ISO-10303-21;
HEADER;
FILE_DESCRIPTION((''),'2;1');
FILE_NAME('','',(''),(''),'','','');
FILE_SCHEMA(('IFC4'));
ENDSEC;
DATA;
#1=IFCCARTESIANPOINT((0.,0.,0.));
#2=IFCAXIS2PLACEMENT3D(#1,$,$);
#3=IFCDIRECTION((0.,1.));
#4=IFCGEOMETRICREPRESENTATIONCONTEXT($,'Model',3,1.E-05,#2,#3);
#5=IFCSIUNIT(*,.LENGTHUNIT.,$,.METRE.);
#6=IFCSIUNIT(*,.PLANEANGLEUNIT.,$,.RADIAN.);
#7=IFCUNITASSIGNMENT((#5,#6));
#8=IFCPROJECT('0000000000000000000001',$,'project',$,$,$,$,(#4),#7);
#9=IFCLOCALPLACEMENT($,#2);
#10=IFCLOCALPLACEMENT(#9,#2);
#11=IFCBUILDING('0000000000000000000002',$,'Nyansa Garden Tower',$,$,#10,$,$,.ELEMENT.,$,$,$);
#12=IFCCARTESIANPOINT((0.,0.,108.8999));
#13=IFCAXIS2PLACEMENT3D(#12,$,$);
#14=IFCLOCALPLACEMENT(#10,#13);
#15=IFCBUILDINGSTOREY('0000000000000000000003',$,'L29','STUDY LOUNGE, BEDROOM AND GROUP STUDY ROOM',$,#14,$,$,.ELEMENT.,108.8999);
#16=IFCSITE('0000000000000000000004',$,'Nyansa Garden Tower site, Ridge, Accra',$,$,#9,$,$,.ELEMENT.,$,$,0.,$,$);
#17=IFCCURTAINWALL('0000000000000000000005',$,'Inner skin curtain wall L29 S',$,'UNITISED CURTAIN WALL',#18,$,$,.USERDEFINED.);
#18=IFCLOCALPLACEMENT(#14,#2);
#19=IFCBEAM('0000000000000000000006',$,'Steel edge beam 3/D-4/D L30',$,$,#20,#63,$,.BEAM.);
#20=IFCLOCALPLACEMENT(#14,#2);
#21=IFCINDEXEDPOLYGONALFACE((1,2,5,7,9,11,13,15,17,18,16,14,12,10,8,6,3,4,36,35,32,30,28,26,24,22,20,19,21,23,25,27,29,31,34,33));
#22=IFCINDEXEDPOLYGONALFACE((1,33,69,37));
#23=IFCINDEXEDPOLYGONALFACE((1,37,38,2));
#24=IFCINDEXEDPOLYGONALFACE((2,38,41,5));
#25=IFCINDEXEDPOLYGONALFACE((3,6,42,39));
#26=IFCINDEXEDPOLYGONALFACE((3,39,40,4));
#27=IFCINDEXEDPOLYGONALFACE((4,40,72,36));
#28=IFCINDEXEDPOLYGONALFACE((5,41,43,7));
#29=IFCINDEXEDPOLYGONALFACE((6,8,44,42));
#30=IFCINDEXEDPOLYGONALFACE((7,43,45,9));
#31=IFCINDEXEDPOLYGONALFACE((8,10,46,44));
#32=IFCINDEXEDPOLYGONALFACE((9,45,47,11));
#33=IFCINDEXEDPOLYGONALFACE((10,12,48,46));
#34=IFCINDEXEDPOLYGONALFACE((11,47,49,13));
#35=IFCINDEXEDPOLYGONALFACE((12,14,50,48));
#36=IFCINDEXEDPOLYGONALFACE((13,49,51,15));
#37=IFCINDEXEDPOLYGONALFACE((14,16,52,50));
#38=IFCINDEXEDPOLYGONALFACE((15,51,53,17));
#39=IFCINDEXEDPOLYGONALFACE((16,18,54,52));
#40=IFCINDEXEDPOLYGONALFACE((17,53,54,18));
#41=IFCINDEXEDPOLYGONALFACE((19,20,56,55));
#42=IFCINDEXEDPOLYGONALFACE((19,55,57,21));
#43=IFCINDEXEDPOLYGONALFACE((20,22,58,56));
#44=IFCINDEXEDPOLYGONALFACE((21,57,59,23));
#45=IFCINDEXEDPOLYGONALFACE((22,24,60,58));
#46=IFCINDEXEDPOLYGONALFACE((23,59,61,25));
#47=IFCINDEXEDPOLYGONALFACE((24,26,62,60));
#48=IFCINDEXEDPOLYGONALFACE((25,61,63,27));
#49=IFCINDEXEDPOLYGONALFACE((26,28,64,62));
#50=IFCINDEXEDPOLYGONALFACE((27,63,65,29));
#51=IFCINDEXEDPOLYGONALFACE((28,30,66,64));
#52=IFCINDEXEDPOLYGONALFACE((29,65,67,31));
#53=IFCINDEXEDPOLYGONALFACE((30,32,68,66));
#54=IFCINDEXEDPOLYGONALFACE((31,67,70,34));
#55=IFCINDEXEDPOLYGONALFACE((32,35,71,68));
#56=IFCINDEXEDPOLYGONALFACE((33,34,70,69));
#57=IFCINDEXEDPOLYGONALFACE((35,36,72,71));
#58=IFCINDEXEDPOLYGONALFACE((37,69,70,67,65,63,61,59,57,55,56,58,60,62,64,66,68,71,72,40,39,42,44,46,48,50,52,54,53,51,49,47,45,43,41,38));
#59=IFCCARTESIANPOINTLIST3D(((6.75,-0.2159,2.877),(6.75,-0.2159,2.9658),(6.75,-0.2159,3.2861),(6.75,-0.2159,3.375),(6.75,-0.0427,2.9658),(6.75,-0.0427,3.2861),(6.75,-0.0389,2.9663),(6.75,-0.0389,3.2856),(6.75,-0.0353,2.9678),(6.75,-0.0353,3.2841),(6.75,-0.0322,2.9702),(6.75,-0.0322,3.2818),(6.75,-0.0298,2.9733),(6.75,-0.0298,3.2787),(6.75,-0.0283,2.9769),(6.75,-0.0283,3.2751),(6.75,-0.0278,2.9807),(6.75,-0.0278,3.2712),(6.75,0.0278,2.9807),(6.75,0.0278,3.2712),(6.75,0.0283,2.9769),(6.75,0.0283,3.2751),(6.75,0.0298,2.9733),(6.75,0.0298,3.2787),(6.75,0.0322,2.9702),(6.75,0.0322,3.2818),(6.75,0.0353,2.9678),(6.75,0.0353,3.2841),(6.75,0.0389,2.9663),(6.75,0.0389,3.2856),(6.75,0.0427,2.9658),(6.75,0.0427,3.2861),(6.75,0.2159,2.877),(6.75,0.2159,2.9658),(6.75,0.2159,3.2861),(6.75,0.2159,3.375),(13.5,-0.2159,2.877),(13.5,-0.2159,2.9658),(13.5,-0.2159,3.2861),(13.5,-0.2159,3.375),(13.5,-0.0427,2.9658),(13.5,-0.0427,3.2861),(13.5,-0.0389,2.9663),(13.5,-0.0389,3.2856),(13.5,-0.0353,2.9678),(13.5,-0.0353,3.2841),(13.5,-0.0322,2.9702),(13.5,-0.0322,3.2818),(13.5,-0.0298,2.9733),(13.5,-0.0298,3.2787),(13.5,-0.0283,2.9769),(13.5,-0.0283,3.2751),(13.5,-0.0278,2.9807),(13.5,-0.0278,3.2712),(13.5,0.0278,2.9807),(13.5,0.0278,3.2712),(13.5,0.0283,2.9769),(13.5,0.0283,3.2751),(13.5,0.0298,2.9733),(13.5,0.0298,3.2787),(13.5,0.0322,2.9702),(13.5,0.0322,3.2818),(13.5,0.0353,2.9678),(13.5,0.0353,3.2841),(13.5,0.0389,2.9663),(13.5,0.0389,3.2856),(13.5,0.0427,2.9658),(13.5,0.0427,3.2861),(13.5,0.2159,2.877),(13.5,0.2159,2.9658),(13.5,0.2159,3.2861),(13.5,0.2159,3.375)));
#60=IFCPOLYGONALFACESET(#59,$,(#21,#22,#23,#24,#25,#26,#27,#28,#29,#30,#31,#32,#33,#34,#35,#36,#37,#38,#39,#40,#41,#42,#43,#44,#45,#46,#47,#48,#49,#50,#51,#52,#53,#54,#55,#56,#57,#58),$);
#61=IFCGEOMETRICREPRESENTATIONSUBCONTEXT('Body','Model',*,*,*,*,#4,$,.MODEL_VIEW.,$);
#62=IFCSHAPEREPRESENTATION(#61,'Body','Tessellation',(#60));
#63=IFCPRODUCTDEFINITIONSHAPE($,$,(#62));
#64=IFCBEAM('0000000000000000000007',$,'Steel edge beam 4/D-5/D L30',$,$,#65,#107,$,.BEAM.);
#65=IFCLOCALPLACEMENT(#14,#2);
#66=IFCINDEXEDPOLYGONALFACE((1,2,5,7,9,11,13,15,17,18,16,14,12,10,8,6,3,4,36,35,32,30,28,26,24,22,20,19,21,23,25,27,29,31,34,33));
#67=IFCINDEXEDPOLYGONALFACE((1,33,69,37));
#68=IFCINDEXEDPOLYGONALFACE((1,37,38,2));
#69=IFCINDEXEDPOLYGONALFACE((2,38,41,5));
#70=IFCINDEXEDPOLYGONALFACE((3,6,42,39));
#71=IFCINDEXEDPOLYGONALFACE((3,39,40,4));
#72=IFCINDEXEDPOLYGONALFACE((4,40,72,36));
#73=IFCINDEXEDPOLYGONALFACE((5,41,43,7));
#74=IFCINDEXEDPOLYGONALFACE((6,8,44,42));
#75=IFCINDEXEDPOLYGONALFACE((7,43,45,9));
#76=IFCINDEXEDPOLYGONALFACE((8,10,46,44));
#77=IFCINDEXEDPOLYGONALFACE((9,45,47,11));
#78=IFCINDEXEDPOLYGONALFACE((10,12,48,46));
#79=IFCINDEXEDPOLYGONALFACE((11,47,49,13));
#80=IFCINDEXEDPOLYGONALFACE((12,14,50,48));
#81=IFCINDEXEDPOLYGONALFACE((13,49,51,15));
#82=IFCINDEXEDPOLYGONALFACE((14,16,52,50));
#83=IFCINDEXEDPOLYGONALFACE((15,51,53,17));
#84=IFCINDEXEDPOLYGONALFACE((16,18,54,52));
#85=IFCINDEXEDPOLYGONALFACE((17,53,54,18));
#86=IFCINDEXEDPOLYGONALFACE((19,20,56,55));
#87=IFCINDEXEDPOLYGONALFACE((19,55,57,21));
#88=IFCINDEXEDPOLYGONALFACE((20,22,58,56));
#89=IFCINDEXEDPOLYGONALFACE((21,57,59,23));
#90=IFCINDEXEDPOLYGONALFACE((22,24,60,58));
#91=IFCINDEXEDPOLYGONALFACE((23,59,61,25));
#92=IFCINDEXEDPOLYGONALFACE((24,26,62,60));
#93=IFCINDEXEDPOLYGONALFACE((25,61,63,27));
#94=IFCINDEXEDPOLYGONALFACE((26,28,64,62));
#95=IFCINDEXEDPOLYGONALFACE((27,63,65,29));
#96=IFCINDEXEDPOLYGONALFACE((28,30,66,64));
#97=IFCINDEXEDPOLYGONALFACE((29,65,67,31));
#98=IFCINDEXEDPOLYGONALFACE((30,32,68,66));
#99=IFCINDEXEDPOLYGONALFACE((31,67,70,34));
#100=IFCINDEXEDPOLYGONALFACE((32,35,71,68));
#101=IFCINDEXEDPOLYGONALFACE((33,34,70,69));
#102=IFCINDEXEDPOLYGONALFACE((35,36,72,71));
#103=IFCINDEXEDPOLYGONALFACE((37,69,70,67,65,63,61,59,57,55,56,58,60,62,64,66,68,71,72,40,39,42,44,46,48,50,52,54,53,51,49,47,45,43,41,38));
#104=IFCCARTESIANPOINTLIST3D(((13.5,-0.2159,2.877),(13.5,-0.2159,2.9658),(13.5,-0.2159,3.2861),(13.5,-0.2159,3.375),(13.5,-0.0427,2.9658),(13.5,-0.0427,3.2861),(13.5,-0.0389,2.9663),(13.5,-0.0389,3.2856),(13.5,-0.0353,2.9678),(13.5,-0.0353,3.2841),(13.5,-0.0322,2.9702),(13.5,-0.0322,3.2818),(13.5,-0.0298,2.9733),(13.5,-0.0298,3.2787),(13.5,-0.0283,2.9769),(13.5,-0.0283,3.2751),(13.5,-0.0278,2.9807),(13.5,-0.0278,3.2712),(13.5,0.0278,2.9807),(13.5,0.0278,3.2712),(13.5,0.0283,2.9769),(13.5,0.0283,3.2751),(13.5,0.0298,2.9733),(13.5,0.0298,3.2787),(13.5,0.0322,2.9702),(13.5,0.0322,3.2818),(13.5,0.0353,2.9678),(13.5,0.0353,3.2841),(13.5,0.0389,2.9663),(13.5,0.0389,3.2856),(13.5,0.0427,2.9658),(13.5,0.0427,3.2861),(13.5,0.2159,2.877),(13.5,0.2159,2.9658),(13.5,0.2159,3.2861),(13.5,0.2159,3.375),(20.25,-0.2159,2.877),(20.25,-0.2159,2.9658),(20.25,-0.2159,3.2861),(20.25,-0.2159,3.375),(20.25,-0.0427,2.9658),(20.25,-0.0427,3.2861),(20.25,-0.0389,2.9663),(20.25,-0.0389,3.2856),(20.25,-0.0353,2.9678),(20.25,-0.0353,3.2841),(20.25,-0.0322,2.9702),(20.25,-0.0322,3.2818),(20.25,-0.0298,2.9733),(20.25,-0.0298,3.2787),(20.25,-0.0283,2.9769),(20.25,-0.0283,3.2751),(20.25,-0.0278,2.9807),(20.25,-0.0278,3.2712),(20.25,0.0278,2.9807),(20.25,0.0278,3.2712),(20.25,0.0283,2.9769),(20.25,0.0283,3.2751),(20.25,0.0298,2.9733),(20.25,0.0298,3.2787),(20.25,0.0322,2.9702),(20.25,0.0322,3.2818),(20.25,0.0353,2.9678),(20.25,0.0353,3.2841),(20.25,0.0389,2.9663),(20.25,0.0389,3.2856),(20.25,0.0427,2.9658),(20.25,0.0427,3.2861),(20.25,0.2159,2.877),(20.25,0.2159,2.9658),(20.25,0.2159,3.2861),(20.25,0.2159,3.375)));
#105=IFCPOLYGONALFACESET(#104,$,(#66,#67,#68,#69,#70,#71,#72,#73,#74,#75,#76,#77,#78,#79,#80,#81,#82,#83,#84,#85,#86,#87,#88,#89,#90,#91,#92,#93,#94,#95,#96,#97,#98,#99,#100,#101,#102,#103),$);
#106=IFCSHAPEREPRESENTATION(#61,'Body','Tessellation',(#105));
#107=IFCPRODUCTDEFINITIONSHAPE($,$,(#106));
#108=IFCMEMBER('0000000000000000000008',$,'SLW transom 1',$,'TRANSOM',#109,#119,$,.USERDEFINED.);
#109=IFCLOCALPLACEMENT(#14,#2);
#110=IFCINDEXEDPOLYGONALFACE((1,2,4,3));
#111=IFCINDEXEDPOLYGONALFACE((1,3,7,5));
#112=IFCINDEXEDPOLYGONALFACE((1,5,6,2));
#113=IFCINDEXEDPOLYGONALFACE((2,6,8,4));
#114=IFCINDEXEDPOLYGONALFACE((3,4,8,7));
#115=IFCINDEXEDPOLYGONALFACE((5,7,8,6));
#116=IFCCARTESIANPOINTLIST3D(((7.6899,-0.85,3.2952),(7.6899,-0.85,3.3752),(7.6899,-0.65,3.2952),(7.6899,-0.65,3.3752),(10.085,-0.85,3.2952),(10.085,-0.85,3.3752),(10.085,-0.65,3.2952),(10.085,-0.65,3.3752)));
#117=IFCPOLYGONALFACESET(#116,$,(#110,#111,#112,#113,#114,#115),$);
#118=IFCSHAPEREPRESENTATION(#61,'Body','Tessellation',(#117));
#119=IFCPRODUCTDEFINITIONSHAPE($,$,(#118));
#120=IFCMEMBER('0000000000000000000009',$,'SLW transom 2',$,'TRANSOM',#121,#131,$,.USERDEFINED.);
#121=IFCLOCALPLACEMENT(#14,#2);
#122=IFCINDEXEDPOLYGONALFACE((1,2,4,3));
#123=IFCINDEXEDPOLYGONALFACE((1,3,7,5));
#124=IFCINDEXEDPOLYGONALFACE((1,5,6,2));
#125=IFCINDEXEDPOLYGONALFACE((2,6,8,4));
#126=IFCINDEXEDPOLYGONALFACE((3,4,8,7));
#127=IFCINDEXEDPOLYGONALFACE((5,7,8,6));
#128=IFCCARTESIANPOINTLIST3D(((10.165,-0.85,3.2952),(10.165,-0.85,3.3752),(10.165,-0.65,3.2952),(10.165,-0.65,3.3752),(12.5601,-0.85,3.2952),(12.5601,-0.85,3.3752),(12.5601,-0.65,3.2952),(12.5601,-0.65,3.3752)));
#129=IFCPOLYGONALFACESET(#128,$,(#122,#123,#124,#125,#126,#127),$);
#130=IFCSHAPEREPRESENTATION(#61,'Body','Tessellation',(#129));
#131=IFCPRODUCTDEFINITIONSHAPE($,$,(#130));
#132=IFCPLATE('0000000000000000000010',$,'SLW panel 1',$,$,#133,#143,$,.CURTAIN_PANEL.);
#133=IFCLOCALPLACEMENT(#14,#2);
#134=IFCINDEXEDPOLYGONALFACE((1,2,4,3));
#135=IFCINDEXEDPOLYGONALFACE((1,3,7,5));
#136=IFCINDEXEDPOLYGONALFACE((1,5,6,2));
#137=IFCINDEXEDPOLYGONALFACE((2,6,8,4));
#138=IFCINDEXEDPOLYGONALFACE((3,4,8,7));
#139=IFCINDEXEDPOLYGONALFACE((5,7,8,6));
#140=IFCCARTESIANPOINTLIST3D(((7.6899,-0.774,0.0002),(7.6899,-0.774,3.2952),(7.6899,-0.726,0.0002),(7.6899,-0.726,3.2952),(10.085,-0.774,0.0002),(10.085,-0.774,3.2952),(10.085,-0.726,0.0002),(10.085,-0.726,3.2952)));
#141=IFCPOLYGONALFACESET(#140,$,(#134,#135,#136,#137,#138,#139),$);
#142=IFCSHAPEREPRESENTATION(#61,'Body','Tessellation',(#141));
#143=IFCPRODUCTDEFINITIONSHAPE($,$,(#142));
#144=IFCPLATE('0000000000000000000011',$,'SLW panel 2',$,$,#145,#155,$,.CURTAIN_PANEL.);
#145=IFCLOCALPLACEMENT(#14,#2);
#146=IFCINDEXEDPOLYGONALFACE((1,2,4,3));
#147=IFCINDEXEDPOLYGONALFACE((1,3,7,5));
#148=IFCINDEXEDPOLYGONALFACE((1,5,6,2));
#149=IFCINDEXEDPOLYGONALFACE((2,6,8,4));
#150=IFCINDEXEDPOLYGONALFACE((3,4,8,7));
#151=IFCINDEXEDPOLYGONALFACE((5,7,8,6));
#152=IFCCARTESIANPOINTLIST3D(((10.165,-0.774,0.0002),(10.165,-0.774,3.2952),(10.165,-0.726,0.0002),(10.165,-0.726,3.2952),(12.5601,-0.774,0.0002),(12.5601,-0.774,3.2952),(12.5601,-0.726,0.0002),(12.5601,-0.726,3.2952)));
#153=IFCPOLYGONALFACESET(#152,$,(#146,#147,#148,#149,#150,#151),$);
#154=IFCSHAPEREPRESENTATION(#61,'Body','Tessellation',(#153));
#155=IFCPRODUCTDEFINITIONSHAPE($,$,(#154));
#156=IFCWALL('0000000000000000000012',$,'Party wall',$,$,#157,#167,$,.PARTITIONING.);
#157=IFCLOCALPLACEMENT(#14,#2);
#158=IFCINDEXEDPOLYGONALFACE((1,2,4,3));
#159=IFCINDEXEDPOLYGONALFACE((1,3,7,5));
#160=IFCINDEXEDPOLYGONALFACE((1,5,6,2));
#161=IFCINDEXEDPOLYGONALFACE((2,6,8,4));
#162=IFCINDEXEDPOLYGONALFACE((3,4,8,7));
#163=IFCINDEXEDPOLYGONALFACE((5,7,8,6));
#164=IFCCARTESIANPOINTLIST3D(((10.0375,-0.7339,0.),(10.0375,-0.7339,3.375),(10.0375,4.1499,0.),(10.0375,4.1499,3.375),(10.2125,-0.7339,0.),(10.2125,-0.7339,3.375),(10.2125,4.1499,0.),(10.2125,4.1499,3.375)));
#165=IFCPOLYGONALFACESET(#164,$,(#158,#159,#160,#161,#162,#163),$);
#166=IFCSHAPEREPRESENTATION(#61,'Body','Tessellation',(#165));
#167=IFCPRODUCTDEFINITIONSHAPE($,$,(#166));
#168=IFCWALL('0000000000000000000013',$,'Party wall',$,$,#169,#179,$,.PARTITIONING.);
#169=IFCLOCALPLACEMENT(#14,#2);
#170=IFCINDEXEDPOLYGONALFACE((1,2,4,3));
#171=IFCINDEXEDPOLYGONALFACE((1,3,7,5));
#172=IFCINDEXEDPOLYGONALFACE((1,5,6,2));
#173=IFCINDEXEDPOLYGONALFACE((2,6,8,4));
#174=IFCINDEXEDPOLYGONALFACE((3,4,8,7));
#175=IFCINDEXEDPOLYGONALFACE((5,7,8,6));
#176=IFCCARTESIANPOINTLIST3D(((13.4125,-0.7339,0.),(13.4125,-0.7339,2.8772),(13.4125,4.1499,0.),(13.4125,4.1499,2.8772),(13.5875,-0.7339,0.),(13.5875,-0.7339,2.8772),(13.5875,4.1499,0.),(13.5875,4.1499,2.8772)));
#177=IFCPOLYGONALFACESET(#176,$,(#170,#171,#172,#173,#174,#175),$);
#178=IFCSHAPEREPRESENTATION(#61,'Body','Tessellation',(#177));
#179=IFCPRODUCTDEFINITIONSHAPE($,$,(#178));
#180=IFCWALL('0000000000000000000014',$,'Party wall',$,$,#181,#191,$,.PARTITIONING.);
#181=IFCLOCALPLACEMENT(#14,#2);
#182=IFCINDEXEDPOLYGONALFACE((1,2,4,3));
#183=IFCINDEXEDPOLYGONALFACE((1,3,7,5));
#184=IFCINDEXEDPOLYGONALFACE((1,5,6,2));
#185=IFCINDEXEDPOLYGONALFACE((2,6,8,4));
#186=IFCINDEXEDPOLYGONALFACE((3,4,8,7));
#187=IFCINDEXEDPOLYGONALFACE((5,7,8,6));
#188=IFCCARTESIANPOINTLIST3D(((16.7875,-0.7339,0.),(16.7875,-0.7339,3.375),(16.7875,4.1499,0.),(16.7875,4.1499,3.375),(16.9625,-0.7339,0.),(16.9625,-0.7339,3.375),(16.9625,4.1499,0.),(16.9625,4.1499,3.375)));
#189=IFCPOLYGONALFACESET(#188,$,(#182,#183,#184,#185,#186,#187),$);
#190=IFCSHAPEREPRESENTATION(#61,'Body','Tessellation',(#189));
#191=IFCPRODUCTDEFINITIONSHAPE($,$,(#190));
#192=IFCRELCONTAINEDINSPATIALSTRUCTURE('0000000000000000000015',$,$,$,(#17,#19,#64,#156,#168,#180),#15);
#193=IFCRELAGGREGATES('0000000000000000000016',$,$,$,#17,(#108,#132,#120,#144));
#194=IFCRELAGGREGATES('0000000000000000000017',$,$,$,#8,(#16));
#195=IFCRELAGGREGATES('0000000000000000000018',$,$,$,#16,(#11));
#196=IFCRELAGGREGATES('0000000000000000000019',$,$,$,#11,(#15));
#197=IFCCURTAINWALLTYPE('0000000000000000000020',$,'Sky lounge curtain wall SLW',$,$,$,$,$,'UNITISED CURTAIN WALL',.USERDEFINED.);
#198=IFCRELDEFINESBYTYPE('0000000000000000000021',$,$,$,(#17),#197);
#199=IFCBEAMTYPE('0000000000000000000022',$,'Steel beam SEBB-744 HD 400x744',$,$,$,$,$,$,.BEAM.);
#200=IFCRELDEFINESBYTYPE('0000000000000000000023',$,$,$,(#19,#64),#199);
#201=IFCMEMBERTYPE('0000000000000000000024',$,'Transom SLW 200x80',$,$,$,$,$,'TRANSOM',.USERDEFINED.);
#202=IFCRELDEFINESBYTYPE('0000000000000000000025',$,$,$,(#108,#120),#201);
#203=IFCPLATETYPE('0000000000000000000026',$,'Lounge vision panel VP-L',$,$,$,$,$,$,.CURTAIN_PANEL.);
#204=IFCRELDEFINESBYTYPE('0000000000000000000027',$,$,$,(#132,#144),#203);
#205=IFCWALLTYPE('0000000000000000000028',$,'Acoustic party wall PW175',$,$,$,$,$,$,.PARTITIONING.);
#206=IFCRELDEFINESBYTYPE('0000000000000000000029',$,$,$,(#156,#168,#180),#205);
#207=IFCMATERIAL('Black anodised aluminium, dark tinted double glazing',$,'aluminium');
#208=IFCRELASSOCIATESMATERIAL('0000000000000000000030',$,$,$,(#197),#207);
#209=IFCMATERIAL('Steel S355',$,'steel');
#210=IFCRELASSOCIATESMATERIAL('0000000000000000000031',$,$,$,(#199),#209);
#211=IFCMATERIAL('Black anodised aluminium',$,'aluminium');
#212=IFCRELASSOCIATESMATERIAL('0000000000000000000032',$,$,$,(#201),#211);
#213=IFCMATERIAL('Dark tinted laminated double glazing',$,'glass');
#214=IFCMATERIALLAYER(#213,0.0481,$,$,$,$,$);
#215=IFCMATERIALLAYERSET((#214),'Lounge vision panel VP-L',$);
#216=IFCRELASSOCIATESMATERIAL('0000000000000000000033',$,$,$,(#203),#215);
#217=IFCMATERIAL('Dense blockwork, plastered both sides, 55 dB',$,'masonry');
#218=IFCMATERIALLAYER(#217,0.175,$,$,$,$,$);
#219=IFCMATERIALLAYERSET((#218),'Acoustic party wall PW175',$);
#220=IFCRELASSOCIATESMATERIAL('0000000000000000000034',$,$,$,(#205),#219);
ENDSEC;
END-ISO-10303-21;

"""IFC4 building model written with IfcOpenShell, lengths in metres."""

from ifc_helpers import new_model, si_unit, direction, frame, frame_2d, origin, origin_2d, place, context, subcontext, project, spatial, rectangle, i_section, extrude, material, layer, layer_set, material_profile, profile_set, type_object, element, aggregate, save


model = new_model("IFC4")

# Units and contexts
model_context = context("Model", 3, precision=1e-05, world=origin(), true_north=direction((0.0, 1.0)))
body_context = subcontext(model_context, "Body", "Model", "MODEL_VIEW")
ifc_project = project(units=[si_unit("LENGTHUNIT", "METRE"), si_unit("PLANEANGLEUNIT", "RADIAN")], contexts=[model_context])

# Site, building, storey
site_placement = place(None, origin())
site = spatial("IfcSite", under=ifc_project, at=site_placement, Name="Nyansa Garden Tower site, Ridge, Accra", CompositionType="ELEMENT", RefElevation=0.0)
building_placement = place(site_placement, origin())
building = spatial("IfcBuilding", under=site, at=building_placement, Name="Nyansa Garden Tower", CompositionType="ELEMENT")
storey_placement = place(building_placement, frame((0.0, 0.0, 108.8999)))
storey = spatial("IfcBuildingStorey", under=building, at=storey_placement, Name="L29", Description="STUDY LOUNGE, BEDROOM AND GROUP STUDY ROOM", CompositionType="ELEMENT", Elevation=108.8999)

# Curtain wall
ifc_material_1 = material(Name="Black anodised aluminium, dark tinted double glazing", Category="aluminium")
curtain_wall_type = type_object("IfcCurtainWallType", Name="Sky lounge curtain wall SLW", ElementType="UNITISED CURTAIN WALL", PredefinedType="USERDEFINED", material=ifc_material_1)
curtain_wall_placement = place(storey_placement, origin())
curtain_wall = element("IfcCurtainWall", 1, at=curtain_wall_placement, inside=storey, type_object=curtain_wall_type, Name="Inner skin curtain wall L29 S", ObjectType="UNITISED CURTAIN WALL", PredefinedType="USERDEFINED")

# Beams
ifc_material_2 = material(Name="Steel S355", Category="steel")
ifc_material_profile_1 = material_profile(ifc_material_2, i_section(OverallWidth=0.4319, OverallDepth=0.498, WebThickness=0.0557, FlangeThickness=0.0889, FilletRadius=0.0149, at=origin_2d()), Name="HD 400x744")
ifc_profile_set_1 = profile_set([ifc_material_profile_1], Name="Steel S355")
beam_type_1 = type_object("IfcBeamType", Name="Steel beam SEBB-744 HD 400x744", PredefinedType="BEAM", material=ifc_profile_set_1)
for number, where, z_axis, x_axis, name in (
    (2, (6.75, 0.0, 3.126), (1.0, 0.0, 0.0), (0.0, 1.0, 0.0), "Steel edge beam 3/D-4/D L30"),
    (3, (13.5, 0.0, 3.126), (1.0, 0.0, 0.0), (0.0, 1.0, 0.0), "Steel edge beam 4/D-5/D L30"),
):
    element("IfcBeam", number, at=place(storey_placement, frame(where, z_axis=z_axis, x_axis=x_axis)), inside=storey, type_object=beam_type_1, Name=name, PredefinedType="BEAM", context=body_context, shape_type="SweptSolid", body=[
        extrude(i_section(OverallWidth=0.4319, OverallDepth=0.498, WebThickness=0.0557, FlangeThickness=0.0889, FilletRadius=0.0149, at=origin_2d()), origin(), (0.0, 0.0, 1.0), 6.75),
    ])

# Members
ifc_material_3 = material(Name="Black anodised aluminium", Category="aluminium")
ifc_material_profile_2 = material_profile(ifc_material_3, rectangle(XDim=0.2, YDim=0.0801, at=origin_2d()), Name="Transom 200x80")
ifc_profile_set_2 = profile_set([ifc_material_profile_2], Name="Black anodised aluminium")
member_type_1 = type_object("IfcMemberType", Name="Transom SLW 200x80", ElementType="TRANSOM", PredefinedType="USERDEFINED", material=ifc_profile_set_2)
member_1_placement = place(storey_placement, frame((7.6899, -0.75, 3.3352), z_axis=(1.0, 0.0, 0.0), x_axis=(0.0, 1.0, 0.0)))
member_1 = element("IfcMember", 4, at=member_1_placement, type_object=member_type_1, Name="SLW transom 1", ObjectType="TRANSOM", PredefinedType="USERDEFINED", context=body_context, shape_type="SweptSolid", body=[
    extrude(rectangle(XDim=0.2, YDim=0.0801, at=origin_2d()), origin(), (0.0, 0.0, 1.0), 2.395),
])
member_2_placement = place(storey_placement, frame((10.165, -0.75, 3.3352), z_axis=(1.0, 0.0, 0.0), x_axis=(0.0, 1.0, 0.0)))
member_2 = element("IfcMember", 5, at=member_2_placement, type_object=member_type_1, Name="SLW transom 2", ObjectType="TRANSOM", PredefinedType="USERDEFINED", context=body_context, shape_type="SweptSolid", body=[
    extrude(rectangle(XDim=0.2, YDim=0.0801, at=origin_2d()), origin(), (0.0, 0.0, 1.0), 2.395),
])

# Plates
ifc_material_4 = material(Name="Dark tinted laminated double glazing", Category="glass")
ifc_layer_1 = layer(ifc_material_4, 0.0481)
ifc_layer_set_1 = layer_set([ifc_layer_1], Name="Lounge vision panel VP-L")
plate_type = type_object("IfcPlateType", Name="Lounge vision panel VP-L", PredefinedType="CURTAIN_PANEL", material=ifc_layer_set_1)
plate_1_placement = place(storey_placement, frame((8.8875, -0.75, 0.0002), z_axis=(0.0, 0.0, 1.0), x_axis=(1.0, 0.0, 0.0)))
plate_1 = element("IfcPlate", 6, at=plate_1_placement, type_object=plate_type, Name="SLW panel 1", PredefinedType="CURTAIN_PANEL", context=body_context, shape_type="SweptSolid", body=[
    extrude(rectangle(XDim=2.395, YDim=0.0481, at=origin_2d()), origin(), (0.0, 0.0, 1.0), 3.2949),
])
plate_2_placement = place(storey_placement, frame((11.3625, -0.75, 0.0002), z_axis=(0.0, 0.0, 1.0), x_axis=(1.0, 0.0, 0.0)))
plate_2 = element("IfcPlate", 7, at=plate_2_placement, type_object=plate_type, Name="SLW panel 2", PredefinedType="CURTAIN_PANEL", context=body_context, shape_type="SweptSolid", body=[
    extrude(rectangle(XDim=2.395, YDim=0.0481, at=origin_2d()), origin(), (0.0, 0.0, 1.0), 3.2949),
])
aggregate(curtain_wall, [member_1, plate_1, member_2, plate_2])

# Walls
ifc_material_5 = material(Name="Dense blockwork, plastered both sides, 55 dB", Category="masonry")
ifc_layer_2 = layer(ifc_material_5, 0.175)
ifc_layer_set_2 = layer_set([ifc_layer_2], Name="Acoustic party wall PW175")
wall_type_1 = type_object("IfcWallType", Name="Acoustic party wall PW175", PredefinedType="PARTITIONING", material=ifc_layer_set_2)
wall_1_placement = place(storey_placement, frame((10.125, -0.7339, 0.0), z_axis=(0.0, 0.0, 1.0), x_axis=(0.0, 1.0, 0.0)))
element("IfcWall", 8, at=wall_1_placement, inside=storey, type_object=wall_type_1, Name="Party wall", PredefinedType="PARTITIONING", context=body_context, shape_type="SweptSolid", body=[
    extrude(rectangle(XDim=4.8838, YDim=0.175, at=frame_2d((2.4419, 0.0))), origin(), (0.0, 0.0, 1.0), 3.375),
])
wall_2_placement = place(storey_placement, frame((13.5, -0.7339, 0.0), z_axis=(0.0, 0.0, 1.0), x_axis=(0.0, 1.0, 0.0)))
element("IfcWall", 9, at=wall_2_placement, inside=storey, type_object=wall_type_1, Name="Party wall", PredefinedType="PARTITIONING", context=body_context, shape_type="SweptSolid", body=[
    extrude(rectangle(XDim=4.8838, YDim=0.175, at=frame_2d((2.4419, 0.0))), origin(), (0.0, 0.0, 1.0), 2.8772),
])
wall_3_placement = place(storey_placement, frame((16.875, -0.7339, 0.0), z_axis=(0.0, 0.0, 1.0), x_axis=(0.0, 1.0, 0.0)))
element("IfcWall", 10, at=wall_3_placement, inside=storey, type_object=wall_type_1, Name="Party wall", PredefinedType="PARTITIONING", context=body_context, shape_type="SweptSolid", body=[
    extrude(rectangle(XDim=4.8838, YDim=0.175, at=frame_2d((2.4419, 0.0))), origin(), (0.0, 0.0, 1.0), 3.375),
])

save(model, "model.ifc")
